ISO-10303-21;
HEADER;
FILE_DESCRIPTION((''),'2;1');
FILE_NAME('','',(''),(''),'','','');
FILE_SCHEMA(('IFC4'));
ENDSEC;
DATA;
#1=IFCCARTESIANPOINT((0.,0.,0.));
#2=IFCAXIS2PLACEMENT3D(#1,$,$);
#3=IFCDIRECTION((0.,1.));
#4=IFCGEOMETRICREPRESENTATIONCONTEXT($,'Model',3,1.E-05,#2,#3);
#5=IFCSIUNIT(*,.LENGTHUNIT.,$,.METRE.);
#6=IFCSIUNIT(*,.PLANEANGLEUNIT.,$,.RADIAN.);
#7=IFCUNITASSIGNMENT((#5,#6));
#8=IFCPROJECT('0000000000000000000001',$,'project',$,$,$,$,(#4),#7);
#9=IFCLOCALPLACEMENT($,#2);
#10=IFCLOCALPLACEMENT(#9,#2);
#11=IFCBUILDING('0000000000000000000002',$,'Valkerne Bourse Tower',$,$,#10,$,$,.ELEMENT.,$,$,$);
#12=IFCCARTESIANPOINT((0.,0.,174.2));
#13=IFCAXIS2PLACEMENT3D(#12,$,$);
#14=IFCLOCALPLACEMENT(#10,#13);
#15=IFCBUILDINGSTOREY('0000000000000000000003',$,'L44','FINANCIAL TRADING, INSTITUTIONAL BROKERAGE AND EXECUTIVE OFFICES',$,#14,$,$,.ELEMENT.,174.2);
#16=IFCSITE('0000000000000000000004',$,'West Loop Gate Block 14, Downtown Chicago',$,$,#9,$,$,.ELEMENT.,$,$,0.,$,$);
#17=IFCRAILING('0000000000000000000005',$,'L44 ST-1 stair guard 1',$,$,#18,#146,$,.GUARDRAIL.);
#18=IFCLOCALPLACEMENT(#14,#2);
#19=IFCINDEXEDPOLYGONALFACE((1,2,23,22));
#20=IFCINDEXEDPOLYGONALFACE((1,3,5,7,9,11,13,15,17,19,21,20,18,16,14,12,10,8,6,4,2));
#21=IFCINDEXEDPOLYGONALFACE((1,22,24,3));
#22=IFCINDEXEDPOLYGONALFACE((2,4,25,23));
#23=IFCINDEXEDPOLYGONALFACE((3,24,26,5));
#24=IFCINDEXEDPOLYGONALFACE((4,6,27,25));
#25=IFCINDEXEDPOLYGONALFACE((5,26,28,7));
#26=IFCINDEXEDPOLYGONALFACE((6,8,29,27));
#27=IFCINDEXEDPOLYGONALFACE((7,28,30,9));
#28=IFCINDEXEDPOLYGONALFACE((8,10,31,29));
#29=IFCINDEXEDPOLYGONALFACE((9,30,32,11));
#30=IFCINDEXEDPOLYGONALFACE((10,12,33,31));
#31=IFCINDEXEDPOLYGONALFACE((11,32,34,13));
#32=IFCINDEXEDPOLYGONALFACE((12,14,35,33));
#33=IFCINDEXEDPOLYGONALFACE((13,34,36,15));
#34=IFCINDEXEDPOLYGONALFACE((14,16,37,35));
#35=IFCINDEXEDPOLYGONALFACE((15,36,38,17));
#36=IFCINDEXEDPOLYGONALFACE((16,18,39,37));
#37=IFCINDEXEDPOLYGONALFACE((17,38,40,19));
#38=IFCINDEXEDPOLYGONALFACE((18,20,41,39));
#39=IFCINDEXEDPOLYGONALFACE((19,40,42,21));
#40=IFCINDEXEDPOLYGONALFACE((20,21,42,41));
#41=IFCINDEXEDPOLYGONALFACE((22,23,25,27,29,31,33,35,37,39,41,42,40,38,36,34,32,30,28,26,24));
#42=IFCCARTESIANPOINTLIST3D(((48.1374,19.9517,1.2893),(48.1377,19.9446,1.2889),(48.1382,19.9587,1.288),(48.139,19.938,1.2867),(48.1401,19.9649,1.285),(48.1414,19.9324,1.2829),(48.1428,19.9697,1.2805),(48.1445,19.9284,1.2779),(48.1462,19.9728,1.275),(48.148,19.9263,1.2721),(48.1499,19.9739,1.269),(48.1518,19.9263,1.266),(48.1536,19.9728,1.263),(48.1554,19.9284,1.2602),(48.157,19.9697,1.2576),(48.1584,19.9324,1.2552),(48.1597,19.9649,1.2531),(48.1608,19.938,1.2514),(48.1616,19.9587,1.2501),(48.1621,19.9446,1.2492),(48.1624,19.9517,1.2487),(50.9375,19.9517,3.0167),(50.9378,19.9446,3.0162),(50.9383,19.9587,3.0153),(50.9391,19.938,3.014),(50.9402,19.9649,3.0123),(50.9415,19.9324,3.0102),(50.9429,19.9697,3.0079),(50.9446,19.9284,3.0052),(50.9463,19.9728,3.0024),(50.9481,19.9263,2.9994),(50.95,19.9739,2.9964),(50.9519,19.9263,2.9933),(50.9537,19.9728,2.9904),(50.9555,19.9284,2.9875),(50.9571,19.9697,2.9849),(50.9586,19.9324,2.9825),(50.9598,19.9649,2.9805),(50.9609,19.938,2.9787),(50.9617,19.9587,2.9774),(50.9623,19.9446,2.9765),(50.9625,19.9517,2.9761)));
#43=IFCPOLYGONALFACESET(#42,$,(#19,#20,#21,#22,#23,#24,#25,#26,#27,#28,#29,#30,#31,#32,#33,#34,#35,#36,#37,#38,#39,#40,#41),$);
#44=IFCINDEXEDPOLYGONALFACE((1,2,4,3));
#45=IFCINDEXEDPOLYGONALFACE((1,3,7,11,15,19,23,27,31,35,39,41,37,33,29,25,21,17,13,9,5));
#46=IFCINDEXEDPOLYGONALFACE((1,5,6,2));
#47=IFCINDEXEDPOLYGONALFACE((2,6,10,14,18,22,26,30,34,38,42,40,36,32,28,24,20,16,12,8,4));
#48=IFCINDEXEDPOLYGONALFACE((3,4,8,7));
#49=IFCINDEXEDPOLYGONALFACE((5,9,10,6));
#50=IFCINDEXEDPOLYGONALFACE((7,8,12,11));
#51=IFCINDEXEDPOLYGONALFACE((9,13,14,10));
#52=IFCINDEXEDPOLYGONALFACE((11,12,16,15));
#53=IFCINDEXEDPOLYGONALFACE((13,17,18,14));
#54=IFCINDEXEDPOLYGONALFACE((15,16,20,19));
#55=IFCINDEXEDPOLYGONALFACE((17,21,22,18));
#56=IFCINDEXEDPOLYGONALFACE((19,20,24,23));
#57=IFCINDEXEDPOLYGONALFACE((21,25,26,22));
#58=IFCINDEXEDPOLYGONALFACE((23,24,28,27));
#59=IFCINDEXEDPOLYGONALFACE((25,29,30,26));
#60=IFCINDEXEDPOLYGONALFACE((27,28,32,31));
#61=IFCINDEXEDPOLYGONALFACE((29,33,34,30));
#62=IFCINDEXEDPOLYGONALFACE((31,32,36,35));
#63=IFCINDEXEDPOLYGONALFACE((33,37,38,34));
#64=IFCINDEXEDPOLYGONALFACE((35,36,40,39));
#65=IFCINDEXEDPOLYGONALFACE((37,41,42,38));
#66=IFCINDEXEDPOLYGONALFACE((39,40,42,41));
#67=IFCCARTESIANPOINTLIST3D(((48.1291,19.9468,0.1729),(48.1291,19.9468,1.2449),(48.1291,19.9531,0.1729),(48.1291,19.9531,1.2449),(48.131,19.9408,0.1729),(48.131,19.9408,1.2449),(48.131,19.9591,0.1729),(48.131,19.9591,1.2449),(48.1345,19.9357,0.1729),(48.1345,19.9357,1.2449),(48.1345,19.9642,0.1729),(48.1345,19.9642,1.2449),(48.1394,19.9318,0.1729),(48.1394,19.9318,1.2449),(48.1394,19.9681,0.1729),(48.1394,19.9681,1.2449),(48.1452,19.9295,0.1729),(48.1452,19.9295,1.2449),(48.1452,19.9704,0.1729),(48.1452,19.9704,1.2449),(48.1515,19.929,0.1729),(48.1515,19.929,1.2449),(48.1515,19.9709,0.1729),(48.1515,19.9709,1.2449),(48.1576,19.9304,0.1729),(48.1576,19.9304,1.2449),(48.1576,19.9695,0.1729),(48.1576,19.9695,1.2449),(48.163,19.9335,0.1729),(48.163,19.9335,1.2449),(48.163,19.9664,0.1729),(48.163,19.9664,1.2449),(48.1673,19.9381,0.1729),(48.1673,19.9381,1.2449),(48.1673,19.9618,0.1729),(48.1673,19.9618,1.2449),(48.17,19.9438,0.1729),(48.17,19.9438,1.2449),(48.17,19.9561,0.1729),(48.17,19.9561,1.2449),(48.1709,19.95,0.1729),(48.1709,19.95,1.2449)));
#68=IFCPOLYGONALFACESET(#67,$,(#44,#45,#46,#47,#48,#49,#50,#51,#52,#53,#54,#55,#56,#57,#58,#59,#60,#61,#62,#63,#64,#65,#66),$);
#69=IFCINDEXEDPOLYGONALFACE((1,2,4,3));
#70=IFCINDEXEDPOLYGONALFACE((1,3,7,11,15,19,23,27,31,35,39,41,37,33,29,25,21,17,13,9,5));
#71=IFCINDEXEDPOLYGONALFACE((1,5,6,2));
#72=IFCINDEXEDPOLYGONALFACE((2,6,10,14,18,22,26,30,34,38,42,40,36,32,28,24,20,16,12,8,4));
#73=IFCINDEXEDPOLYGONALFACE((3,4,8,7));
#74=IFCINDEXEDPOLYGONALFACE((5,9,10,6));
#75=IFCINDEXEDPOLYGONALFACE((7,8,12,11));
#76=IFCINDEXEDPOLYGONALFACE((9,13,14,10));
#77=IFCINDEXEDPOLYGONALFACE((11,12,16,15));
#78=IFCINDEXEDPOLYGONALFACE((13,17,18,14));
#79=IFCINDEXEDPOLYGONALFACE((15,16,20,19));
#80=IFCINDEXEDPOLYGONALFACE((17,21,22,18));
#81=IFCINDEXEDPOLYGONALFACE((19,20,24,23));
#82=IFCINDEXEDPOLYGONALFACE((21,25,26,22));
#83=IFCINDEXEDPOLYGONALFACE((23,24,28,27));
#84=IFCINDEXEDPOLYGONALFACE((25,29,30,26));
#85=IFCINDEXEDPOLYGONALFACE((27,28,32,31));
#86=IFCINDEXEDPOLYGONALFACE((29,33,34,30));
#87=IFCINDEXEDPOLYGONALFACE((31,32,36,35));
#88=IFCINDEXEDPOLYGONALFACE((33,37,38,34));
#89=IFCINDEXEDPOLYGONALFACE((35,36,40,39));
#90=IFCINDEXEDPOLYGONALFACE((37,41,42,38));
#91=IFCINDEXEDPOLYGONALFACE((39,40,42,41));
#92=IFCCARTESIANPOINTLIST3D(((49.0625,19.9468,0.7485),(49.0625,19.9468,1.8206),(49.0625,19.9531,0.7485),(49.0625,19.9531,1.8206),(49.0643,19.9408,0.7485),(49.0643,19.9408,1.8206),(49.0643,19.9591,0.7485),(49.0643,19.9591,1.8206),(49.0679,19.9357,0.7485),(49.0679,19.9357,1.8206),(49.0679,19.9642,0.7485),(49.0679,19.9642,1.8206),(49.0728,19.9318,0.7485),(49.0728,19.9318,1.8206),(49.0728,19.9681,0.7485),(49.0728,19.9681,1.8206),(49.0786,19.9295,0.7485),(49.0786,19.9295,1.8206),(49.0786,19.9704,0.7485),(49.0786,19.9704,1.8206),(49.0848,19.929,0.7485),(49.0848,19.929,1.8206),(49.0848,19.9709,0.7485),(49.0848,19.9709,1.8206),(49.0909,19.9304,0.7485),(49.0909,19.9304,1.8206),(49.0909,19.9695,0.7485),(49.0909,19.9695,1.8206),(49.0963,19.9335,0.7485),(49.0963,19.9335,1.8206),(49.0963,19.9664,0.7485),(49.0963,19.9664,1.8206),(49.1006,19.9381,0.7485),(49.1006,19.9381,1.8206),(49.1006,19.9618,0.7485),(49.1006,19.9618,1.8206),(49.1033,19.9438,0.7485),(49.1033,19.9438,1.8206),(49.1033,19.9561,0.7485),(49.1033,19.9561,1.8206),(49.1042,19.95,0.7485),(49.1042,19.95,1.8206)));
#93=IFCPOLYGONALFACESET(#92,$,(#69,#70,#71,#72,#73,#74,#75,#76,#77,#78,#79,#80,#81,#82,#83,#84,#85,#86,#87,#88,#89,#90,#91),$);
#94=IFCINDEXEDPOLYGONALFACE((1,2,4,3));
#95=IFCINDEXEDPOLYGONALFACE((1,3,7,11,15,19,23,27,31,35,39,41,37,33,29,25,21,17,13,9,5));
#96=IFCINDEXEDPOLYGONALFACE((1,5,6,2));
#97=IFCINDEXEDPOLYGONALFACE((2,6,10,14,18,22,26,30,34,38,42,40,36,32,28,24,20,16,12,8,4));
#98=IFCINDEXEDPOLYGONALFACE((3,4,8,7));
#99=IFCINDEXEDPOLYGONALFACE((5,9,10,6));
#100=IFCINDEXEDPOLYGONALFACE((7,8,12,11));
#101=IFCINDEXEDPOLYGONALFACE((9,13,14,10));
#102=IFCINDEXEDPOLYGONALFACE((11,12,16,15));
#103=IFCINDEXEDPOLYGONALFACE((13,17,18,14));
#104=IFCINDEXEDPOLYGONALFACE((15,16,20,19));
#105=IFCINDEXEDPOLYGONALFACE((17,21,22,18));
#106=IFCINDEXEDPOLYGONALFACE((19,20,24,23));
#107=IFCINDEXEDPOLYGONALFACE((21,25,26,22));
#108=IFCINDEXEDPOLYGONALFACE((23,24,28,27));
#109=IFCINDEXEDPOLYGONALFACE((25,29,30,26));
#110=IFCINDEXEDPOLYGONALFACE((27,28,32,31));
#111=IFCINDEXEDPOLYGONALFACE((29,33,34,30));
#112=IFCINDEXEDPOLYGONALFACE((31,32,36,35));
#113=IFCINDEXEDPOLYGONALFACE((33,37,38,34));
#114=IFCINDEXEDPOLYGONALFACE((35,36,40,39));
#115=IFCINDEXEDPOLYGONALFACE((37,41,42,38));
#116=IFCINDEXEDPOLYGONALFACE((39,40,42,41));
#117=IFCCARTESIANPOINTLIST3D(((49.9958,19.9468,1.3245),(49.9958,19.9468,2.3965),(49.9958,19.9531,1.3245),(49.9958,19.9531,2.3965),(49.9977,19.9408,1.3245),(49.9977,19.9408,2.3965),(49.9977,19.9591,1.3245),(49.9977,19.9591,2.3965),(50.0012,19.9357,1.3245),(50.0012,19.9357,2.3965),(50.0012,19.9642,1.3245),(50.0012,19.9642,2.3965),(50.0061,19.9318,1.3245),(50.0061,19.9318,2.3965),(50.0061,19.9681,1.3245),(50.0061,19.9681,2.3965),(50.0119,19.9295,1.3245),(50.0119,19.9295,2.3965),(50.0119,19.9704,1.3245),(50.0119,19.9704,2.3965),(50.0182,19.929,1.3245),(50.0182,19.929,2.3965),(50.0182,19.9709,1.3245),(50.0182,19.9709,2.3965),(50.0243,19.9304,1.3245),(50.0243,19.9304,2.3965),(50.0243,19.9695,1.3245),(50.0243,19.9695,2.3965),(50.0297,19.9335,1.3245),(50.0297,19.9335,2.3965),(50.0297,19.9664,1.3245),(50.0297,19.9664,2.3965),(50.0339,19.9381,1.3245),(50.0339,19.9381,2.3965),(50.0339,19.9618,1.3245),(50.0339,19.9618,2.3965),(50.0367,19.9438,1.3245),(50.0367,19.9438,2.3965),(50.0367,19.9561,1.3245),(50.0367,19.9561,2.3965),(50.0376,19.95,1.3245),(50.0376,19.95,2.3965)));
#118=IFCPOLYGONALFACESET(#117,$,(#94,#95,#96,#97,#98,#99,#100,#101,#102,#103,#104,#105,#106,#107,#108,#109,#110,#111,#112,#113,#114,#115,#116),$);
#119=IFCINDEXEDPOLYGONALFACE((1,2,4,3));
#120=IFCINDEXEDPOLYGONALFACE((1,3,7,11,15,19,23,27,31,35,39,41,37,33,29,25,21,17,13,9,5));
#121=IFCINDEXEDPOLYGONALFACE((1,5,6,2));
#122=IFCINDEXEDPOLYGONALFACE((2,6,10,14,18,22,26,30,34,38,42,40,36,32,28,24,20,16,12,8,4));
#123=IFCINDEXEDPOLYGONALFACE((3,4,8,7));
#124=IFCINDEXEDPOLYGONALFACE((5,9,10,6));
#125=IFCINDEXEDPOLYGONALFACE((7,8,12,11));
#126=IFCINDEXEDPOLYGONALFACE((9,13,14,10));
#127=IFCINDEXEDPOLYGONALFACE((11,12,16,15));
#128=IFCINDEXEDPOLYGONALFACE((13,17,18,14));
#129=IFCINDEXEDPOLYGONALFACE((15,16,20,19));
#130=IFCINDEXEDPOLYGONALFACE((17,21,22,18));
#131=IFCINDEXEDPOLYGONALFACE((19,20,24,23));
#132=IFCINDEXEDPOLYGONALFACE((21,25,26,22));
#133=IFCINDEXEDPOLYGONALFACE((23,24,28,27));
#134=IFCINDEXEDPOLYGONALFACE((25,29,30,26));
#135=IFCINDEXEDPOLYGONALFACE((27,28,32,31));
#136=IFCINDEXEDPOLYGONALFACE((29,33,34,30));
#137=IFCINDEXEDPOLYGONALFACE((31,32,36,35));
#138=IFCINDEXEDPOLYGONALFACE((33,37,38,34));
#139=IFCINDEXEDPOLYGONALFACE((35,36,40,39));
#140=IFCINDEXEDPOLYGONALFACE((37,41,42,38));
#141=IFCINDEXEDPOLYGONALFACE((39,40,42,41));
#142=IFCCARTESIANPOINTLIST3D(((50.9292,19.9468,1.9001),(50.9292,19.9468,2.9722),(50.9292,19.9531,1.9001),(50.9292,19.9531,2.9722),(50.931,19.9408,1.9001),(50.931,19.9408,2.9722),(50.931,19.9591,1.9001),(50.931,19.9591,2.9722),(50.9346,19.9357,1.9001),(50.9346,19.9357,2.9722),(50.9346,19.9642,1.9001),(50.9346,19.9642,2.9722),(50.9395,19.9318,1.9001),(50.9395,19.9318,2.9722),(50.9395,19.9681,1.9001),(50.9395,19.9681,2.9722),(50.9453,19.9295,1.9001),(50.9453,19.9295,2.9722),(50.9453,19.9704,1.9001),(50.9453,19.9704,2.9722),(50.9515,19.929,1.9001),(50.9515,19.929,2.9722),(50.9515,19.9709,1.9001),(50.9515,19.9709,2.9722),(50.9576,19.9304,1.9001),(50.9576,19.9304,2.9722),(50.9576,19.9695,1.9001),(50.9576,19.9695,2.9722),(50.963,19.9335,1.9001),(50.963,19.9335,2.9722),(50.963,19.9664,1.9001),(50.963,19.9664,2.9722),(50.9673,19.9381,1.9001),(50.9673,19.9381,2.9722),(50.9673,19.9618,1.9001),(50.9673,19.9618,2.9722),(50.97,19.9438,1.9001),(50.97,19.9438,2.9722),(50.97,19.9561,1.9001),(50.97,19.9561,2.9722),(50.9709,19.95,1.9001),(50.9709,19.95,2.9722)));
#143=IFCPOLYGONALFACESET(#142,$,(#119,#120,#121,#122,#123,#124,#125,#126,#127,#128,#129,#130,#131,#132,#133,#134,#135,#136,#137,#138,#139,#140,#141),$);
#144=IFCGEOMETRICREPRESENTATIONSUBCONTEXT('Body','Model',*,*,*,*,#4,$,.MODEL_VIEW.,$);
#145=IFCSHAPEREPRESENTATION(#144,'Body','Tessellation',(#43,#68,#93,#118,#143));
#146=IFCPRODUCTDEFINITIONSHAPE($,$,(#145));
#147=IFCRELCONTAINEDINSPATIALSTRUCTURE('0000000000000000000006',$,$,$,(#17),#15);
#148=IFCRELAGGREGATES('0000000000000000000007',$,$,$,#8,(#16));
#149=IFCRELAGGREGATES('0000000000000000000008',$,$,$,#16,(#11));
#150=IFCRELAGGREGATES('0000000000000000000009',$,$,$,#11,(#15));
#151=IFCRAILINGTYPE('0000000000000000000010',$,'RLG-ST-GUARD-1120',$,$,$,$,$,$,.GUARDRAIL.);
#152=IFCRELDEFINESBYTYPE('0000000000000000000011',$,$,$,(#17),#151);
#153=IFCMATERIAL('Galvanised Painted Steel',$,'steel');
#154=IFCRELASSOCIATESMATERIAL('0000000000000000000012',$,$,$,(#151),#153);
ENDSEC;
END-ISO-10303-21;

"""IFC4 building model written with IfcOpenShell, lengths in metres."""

from ifc_helpers import new_model, si_unit, direction, frame, origin, origin_2d, place, context, subcontext, project, spatial, circle, extrude, material, type_object, element, save


model = new_model("IFC4")

# Units and contexts
model_context = context("Model", 3, precision=1e-05, world=origin(), true_north=direction((0.0, 1.0)))
body_context = subcontext(model_context, "Body", "Model", "MODEL_VIEW")
ifc_project = project(units=[si_unit("LENGTHUNIT", "METRE"), si_unit("PLANEANGLEUNIT", "RADIAN")], contexts=[model_context])

# Site, building, storey
site_placement = place(None, origin())
site = spatial("IfcSite", under=ifc_project, at=site_placement, Name="West Loop Gate Block 14, Downtown Chicago", CompositionType="ELEMENT", RefElevation=0.0)
building_placement = place(site_placement, origin())
building = spatial("IfcBuilding", under=site, at=building_placement, Name="Valkerne Bourse Tower", CompositionType="ELEMENT")
storey_placement = place(building_placement, frame((0.0, 0.0, 174.2)))
storey = spatial("IfcBuildingStorey", under=building, at=storey_placement, Name="L44", Description="FINANCIAL TRADING, INSTITUTIONAL BROKERAGE AND EXECUTIVE OFFICES", CompositionType="ELEMENT", Elevation=174.2)

# Shared definitions
ifc_material_1 = material(Name="Galvanised Painted Steel", Category="steel")

# Railing
railing_type_1 = type_object("IfcRailingType", Name="RLG-ST-GUARD-1120", PredefinedType="GUARDRAIL", material=ifc_material_1)
railing_1_placement = place(storey_placement, frame((48.1499, 19.95, 0.1729)))
element("IfcRailing", 1, at=railing_1_placement, inside=storey, type_object=railing_type_1, Name="L44 ST-1 stair guard 1", PredefinedType="GUARDRAIL", context=body_context, shape_type="SweptSolid", body=[
    extrude(circle(Radius=0.0239, at=origin_2d()), frame((0.0, 0.0, 1.0962), z_axis=(0.85109, 0.0, 0.52502), x_axis=(0.0, 1.0, 0.0)), (0.0, 0.0, 1.0), 3.29),
    extrude(circle(Radius=0.021, at=origin_2d()), origin(), (0.0, 0.0, 1.0), 1.072),
    extrude(circle(Radius=0.021, at=origin_2d()), frame((0.9333, 0.0, 0.5757)), (0.0, 0.0, 1.0), 1.072),
    extrude(circle(Radius=0.021, at=origin_2d()), frame((1.8667, 0.0, 1.1516)), (0.0, 0.0, 1.0), 1.072),
    extrude(circle(Radius=0.021, at=origin_2d()), frame((2.8, 0.0, 1.7273)), (0.0, 0.0, 1.0), 1.072),
])

save(model, "model.ifc")
